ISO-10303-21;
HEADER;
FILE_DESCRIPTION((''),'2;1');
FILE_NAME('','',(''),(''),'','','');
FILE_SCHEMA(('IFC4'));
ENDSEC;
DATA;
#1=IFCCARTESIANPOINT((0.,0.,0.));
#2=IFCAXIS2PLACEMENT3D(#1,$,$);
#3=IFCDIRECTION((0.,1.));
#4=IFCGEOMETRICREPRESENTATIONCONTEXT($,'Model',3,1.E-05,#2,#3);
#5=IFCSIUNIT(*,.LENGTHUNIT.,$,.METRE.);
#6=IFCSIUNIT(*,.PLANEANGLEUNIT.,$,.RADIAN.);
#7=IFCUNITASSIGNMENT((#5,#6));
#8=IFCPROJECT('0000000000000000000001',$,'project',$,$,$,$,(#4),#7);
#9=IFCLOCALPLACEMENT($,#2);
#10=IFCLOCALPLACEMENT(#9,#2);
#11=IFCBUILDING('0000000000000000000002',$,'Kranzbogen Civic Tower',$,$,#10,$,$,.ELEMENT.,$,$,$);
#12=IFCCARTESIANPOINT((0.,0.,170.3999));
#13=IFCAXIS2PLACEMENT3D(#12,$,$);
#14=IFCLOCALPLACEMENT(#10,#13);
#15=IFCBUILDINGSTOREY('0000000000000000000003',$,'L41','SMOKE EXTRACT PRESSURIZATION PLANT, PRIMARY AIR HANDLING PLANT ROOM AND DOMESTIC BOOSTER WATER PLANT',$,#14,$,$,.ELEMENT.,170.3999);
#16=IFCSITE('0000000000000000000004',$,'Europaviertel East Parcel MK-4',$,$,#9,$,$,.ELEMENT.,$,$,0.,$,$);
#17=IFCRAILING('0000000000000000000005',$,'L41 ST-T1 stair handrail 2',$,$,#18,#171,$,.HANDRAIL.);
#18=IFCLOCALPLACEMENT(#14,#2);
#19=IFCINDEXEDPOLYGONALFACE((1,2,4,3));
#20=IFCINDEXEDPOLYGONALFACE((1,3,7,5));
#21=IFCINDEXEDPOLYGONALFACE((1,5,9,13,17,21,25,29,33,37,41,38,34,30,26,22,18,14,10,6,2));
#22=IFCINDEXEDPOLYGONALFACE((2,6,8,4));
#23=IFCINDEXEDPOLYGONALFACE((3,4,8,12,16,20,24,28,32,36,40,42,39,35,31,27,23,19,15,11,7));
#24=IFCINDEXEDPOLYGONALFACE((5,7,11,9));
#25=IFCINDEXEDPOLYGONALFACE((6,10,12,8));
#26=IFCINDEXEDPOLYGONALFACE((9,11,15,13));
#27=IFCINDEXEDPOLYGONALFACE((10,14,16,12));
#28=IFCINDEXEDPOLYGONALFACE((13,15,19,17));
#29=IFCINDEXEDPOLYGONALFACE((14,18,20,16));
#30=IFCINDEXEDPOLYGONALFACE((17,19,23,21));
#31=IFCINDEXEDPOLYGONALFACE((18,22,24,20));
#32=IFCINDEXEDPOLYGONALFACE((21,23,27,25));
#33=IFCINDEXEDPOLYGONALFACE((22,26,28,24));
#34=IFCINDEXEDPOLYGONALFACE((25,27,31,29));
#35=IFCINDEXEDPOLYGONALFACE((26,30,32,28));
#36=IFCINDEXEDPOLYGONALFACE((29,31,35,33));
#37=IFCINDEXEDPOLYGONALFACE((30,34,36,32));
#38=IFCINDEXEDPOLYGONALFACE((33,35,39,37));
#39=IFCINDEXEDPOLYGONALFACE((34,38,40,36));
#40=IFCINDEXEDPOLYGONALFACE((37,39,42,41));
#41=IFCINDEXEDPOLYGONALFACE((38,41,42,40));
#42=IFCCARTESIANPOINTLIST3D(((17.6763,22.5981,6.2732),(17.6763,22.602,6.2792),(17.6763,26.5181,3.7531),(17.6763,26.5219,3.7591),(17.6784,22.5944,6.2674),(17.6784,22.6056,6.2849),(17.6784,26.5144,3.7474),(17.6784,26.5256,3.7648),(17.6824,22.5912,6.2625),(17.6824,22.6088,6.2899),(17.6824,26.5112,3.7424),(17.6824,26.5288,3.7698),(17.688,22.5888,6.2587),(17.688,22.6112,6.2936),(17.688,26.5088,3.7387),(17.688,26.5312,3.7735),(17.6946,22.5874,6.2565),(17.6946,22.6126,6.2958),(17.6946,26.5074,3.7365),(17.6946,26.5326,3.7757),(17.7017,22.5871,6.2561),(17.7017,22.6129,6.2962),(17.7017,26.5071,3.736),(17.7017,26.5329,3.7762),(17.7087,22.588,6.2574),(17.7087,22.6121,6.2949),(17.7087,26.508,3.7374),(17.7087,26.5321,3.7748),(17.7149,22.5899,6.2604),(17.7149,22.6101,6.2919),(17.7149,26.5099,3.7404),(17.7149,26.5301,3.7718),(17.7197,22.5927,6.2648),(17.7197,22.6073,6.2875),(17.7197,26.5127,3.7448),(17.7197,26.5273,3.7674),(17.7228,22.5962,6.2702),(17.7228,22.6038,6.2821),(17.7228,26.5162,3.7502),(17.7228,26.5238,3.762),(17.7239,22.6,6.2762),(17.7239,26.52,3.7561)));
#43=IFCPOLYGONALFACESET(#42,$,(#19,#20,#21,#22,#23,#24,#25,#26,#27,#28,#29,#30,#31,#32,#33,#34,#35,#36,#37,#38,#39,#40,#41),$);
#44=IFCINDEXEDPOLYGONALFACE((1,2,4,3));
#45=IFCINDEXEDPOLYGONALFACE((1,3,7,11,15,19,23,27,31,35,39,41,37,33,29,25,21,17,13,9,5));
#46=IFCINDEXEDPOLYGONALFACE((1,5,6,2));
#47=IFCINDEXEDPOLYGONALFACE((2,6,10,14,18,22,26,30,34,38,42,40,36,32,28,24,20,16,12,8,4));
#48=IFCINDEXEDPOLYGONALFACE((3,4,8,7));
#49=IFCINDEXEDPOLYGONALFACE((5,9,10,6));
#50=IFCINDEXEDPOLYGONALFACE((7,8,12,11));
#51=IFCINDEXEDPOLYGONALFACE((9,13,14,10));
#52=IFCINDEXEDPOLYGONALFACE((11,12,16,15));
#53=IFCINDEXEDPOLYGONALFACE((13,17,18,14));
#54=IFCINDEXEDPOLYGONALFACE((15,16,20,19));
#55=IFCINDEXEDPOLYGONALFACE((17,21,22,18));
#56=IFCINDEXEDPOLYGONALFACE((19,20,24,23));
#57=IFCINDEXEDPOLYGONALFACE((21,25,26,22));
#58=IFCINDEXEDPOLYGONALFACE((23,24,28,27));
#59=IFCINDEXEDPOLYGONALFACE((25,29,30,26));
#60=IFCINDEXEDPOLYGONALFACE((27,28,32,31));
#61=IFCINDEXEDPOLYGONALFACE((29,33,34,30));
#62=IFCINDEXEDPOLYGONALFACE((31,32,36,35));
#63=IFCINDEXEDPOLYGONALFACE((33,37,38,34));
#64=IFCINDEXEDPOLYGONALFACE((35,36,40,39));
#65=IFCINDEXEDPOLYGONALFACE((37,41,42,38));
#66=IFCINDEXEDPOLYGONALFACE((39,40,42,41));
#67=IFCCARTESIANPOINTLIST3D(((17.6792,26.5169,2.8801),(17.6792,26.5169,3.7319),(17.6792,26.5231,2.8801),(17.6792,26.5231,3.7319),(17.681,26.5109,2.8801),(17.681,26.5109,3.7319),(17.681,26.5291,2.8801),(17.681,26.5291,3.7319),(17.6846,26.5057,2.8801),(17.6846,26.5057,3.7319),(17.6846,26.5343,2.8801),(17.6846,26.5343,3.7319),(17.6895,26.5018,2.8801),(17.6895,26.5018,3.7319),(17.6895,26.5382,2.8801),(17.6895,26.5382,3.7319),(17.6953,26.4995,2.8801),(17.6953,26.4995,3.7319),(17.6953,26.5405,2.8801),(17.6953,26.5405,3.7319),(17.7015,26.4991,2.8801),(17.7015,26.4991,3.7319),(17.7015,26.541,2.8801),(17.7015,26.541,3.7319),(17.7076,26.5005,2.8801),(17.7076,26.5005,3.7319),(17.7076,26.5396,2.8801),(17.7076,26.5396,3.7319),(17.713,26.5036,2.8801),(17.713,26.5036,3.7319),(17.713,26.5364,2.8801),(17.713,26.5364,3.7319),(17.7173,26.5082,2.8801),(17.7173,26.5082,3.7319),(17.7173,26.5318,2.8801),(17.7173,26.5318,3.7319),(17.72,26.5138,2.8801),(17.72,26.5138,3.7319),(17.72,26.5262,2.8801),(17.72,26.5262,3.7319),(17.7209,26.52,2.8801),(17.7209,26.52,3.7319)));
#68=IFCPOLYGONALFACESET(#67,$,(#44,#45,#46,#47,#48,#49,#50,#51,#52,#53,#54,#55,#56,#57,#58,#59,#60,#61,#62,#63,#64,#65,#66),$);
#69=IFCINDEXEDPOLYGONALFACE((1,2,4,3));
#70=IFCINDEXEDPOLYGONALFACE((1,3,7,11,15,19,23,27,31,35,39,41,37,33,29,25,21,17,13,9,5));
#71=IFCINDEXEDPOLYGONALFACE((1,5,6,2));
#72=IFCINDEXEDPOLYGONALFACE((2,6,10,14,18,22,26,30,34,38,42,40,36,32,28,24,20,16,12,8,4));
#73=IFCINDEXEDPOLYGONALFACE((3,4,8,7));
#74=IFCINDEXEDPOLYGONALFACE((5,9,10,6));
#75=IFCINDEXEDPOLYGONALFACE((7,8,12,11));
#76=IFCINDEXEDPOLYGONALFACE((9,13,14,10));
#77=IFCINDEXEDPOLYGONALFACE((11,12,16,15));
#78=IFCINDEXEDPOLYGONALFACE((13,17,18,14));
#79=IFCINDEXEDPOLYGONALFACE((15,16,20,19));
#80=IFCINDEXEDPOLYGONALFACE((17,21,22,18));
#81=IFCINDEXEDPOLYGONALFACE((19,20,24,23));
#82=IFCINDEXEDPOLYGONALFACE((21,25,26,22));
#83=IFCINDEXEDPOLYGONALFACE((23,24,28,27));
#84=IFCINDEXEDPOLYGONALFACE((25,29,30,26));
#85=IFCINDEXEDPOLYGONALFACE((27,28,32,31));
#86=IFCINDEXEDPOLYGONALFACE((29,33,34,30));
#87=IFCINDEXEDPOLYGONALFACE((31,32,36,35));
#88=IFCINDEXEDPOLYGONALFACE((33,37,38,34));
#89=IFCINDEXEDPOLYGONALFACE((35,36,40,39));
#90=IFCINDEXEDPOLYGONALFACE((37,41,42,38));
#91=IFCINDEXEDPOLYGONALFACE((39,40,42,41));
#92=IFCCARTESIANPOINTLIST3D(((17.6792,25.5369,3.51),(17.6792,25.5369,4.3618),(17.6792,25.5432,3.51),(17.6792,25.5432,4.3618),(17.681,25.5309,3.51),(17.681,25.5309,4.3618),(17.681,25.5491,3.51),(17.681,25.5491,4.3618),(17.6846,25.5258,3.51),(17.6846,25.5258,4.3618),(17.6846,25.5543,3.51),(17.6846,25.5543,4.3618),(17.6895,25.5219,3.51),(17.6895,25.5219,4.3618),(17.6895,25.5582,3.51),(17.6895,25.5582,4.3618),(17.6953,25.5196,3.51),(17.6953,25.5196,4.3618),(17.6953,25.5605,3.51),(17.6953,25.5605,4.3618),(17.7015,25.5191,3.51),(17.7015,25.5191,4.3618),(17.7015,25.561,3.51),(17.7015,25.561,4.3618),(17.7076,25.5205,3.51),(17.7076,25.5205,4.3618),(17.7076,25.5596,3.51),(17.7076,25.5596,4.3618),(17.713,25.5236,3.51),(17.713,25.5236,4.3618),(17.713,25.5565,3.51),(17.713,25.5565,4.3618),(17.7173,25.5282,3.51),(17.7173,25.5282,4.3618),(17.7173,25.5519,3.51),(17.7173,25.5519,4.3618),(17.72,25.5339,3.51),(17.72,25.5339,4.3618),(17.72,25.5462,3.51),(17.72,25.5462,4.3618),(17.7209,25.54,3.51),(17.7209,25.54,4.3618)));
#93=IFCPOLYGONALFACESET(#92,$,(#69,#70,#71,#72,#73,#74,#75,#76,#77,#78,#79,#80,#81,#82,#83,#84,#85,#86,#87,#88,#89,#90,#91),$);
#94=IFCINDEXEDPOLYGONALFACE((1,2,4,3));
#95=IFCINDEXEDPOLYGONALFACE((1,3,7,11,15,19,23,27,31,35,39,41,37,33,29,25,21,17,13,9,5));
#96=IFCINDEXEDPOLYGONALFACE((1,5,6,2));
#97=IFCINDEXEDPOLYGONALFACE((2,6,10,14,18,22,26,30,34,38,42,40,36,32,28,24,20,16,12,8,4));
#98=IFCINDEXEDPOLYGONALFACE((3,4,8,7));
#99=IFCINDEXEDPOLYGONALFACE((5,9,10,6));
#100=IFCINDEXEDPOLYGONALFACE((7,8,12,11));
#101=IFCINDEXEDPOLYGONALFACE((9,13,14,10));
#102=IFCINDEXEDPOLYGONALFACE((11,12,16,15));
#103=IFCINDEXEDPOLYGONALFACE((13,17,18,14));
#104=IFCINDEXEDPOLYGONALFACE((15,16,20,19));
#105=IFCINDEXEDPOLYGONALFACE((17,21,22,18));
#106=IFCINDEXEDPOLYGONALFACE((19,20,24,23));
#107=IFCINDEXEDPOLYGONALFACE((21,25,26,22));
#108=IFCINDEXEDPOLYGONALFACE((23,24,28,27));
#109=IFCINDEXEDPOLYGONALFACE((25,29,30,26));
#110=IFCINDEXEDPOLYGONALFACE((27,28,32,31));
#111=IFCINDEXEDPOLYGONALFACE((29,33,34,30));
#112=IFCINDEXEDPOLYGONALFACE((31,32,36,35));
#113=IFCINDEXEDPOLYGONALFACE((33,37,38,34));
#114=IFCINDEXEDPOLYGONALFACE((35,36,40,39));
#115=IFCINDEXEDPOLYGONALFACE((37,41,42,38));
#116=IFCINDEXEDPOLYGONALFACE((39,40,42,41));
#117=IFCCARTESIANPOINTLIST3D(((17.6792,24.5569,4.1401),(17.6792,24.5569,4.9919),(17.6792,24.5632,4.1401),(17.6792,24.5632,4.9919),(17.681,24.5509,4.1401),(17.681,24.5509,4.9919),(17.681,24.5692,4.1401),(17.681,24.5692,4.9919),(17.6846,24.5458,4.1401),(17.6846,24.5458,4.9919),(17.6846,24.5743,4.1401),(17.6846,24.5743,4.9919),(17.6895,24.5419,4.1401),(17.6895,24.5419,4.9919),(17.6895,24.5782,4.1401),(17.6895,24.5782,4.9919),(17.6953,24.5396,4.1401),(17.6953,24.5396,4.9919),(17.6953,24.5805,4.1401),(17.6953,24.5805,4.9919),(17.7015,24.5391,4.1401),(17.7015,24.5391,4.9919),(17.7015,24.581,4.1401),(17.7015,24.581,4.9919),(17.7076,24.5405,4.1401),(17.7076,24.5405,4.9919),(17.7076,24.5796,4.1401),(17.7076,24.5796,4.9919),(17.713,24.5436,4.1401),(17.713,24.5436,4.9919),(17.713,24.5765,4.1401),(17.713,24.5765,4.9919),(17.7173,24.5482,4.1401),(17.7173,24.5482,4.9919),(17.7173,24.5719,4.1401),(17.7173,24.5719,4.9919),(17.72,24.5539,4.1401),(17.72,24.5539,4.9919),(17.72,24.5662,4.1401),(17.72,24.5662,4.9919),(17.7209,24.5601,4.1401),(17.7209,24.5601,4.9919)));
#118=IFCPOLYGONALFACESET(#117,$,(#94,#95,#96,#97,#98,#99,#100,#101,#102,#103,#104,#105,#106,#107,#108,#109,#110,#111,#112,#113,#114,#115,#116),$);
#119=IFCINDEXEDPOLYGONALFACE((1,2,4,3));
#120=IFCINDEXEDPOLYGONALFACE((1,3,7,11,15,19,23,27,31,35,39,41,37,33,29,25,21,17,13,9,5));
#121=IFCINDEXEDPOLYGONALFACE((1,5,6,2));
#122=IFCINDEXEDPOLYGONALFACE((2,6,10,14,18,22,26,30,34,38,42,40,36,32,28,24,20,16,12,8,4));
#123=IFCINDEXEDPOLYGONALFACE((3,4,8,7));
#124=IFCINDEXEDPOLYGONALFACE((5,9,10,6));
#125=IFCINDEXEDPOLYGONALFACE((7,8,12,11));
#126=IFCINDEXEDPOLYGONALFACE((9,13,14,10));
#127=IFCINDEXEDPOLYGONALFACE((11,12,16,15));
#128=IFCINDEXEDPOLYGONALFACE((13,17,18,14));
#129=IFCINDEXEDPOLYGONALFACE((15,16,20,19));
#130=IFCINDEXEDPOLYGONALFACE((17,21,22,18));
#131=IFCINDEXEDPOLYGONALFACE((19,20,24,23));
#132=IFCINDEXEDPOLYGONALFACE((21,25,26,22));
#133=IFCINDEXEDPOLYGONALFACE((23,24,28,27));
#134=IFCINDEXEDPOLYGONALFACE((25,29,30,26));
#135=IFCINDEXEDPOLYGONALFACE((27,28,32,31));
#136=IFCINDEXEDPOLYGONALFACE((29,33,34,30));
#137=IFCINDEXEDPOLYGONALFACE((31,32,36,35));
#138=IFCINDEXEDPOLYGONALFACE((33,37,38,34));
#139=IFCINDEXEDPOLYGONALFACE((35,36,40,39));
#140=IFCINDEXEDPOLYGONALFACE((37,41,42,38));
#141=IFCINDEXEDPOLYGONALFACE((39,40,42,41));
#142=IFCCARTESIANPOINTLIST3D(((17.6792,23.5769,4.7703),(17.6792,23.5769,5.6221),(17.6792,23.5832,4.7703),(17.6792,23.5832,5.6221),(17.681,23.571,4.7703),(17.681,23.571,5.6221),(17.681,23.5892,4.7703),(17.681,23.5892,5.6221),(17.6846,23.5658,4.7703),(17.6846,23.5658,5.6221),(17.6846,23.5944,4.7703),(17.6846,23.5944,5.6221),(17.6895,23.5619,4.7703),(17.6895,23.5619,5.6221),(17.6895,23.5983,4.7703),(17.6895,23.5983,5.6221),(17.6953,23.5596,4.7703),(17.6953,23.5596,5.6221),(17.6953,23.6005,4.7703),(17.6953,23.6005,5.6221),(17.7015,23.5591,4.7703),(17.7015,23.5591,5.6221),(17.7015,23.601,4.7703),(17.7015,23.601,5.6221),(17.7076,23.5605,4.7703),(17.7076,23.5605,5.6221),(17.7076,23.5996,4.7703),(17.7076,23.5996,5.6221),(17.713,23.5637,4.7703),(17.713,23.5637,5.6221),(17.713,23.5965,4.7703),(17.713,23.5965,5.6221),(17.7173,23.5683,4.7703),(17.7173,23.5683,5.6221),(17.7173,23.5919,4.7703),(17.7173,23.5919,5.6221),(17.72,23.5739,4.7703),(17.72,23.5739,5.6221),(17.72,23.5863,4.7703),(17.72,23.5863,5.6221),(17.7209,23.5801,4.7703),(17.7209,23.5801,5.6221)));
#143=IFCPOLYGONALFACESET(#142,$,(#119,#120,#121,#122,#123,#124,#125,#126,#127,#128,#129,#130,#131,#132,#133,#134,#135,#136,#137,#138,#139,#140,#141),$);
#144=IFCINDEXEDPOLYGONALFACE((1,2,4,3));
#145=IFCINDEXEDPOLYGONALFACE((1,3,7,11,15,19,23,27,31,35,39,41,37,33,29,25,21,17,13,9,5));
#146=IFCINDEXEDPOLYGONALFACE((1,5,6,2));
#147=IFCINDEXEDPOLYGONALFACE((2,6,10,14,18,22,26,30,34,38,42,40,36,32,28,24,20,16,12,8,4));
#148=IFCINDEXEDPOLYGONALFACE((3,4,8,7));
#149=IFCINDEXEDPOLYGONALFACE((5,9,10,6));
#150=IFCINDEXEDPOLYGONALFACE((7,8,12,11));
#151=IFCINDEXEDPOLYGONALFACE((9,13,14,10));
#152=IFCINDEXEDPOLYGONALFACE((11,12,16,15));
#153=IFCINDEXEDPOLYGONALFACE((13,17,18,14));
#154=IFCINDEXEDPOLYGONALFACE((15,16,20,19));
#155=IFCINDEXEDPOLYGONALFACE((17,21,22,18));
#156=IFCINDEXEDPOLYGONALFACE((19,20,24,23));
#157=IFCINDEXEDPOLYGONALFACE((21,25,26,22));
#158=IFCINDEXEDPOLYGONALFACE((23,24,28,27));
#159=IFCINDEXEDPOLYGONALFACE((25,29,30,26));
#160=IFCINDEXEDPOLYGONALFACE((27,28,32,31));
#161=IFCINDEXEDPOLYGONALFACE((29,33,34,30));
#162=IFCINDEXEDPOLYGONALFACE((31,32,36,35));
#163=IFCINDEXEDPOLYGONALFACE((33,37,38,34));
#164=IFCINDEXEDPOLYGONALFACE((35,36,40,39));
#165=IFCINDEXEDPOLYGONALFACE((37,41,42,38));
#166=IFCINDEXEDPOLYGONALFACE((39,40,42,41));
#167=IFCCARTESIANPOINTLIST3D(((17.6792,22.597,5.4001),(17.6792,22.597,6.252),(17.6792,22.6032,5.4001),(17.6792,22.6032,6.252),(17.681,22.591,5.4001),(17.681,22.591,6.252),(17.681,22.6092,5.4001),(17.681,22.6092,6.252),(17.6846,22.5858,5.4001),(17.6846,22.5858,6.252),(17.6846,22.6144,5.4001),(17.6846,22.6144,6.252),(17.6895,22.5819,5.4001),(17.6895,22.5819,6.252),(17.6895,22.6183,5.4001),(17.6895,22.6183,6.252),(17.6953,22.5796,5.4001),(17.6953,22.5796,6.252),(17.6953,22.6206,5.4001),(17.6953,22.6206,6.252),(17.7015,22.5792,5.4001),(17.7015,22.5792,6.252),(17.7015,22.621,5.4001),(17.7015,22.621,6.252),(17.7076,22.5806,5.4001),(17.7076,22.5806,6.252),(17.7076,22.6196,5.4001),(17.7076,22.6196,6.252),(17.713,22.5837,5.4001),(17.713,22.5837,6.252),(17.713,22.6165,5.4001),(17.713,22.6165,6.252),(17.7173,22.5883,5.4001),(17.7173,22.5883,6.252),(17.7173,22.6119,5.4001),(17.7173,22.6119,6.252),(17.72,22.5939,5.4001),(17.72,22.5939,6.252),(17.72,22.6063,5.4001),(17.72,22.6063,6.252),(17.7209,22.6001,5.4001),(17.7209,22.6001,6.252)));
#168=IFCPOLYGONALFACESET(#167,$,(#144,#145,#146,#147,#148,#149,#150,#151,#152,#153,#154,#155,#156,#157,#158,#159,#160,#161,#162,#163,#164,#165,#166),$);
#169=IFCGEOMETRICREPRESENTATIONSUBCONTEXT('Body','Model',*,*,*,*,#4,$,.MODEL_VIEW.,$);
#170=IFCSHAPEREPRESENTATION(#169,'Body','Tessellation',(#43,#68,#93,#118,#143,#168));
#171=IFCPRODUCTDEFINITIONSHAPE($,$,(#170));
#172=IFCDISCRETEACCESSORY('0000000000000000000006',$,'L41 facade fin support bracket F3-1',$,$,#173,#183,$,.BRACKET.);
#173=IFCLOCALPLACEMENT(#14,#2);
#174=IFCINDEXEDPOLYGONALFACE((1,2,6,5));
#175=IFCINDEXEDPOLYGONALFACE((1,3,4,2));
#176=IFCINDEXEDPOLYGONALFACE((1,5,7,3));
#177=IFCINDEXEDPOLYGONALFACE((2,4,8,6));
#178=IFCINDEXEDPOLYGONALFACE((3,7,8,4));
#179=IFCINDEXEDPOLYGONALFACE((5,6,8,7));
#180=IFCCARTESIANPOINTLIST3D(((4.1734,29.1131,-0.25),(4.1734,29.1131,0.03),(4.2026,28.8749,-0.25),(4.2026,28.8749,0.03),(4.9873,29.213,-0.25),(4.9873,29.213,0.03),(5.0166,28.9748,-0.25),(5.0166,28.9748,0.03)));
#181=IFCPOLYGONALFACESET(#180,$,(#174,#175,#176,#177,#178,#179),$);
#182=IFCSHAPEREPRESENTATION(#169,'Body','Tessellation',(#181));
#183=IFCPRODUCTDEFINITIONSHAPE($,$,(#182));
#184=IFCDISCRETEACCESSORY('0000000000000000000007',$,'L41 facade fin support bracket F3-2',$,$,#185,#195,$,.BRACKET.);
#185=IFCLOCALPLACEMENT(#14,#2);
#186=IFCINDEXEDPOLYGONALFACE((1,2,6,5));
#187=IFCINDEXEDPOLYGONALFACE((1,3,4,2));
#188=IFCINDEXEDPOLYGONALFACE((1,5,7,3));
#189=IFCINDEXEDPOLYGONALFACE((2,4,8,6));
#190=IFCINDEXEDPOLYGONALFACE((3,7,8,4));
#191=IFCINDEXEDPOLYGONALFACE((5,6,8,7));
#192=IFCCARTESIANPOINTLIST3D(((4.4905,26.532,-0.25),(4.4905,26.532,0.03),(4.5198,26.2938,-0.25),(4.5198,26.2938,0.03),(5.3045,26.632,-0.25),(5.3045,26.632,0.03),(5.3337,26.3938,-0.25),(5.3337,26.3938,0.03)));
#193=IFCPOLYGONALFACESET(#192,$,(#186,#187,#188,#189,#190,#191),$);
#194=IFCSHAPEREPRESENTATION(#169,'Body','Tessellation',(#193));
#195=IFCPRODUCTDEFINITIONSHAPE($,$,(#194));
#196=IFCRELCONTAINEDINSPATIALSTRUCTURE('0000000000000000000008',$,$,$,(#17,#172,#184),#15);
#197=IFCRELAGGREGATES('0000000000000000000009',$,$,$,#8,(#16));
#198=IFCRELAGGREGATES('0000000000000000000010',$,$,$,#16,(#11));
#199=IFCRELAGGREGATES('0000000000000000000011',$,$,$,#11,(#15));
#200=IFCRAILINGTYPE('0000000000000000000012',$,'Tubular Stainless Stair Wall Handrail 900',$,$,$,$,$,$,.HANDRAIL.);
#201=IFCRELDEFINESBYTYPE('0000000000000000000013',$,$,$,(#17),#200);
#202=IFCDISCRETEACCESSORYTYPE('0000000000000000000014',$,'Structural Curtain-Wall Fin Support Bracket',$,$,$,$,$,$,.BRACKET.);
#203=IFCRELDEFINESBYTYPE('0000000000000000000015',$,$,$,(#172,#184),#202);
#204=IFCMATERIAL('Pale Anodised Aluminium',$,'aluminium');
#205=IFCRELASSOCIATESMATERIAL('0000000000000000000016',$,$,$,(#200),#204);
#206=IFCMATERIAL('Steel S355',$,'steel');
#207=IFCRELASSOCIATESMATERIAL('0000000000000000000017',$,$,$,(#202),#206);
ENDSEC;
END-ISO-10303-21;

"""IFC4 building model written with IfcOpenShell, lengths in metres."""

from ifc_helpers import new_model, si_unit, direction, frame, origin, origin_2d, place, context, subcontext, project, spatial, rectangle, circle, extrude, material, type_object, element, save


model = new_model("IFC4")

# Units and contexts
model_context = context("Model", 3, precision=1e-05, world=origin(), true_north=direction((0.0, 1.0)))
body_context = subcontext(model_context, "Body", "Model", "MODEL_VIEW")
ifc_project = project(units=[si_unit("LENGTHUNIT", "METRE"), si_unit("PLANEANGLEUNIT", "RADIAN")], contexts=[model_context])

# Site, building, storey
site_placement = place(None, origin())
site = spatial("IfcSite", under=ifc_project, at=site_placement, Name="Europaviertel East Parcel MK-4", CompositionType="ELEMENT", RefElevation=0.0)
building_placement = place(site_placement, origin())
building = spatial("IfcBuilding", under=site, at=building_placement, Name="Kranzbogen Civic Tower", CompositionType="ELEMENT")
storey_placement = place(building_placement, frame((0.0, 0.0, 170.3999)))
storey = spatial("IfcBuildingStorey", under=building, at=storey_placement, Name="L41", Description="SMOKE EXTRACT PRESSURIZATION PLANT, PRIMARY AIR HANDLING PLANT ROOM AND DOMESTIC BOOSTER WATER PLANT", CompositionType="ELEMENT", Elevation=170.3999)

# Shared definitions
ifc_material_1 = material(Name="Steel S355", Category="steel")

# Shared definitions
ifc_material_2 = material(Name="Pale Anodised Aluminium", Category="aluminium")

# Railing
railing_type_1 = type_object("IfcRailingType", Name="Tubular Stainless Stair Wall Handrail 900", PredefinedType="HANDRAIL", material=ifc_material_2)
railing_1_placement = place(storey_placement, frame((17.7, 26.52, 2.8801)))
element("IfcRailing", 1, at=railing_1_placement, inside=storey, type_object=railing_type_1, Name="L41 ST-T1 stair handrail 2", PredefinedType="HANDRAIL", context=body_context, shape_type="SweptSolid", body=[
    extrude(circle(Radius=0.0239, at=origin_2d()), frame((0.0, 0.0, 0.876), z_axis=(0.0, -0.841172, 0.540768), x_axis=(1.0, 0.0, 0.0)), (0.0, 0.0, 1.0), 4.6602),
    extrude(circle(Radius=0.021, at=origin_2d()), origin(), (0.0, 0.0, 1.0), 0.8518),
    extrude(circle(Radius=0.021, at=origin_2d()), frame((0.0, -0.98, 0.6299)), (0.0, 0.0, 1.0), 0.8518),
    extrude(circle(Radius=0.021, at=origin_2d()), frame((0.0, -1.96, 1.26)), (0.0, 0.0, 1.0), 0.8518),
    extrude(circle(Radius=0.021, at=origin_2d()), frame((0.0, -2.9399, 1.8901)), (0.0, 0.0, 1.0), 0.8518),
    extrude(circle(Radius=0.021, at=origin_2d()), frame((0.0, -3.9199, 2.52)), (0.0, 0.0, 1.0), 0.8518),
])

# Discrete accessories
discrete_accessory_type = type_object("IfcDiscreteAccessoryType", Name="Structural Curtain-Wall Fin Support Bracket", PredefinedType="BRACKET", material=ifc_material_1)
for number, where, z_axis, x_axis, name in (
    (2, (4.595, 29.0439, -0.25), (0.0, 0.0, 1.0), (-0.992546, -0.121869, 0.0), "L41 facade fin support bracket F3-1"),
    (3, (4.9121, 26.4629, -0.25), (0.0, 0.0, 1.0), (-0.992546, -0.121869, 0.0), "L41 facade fin support bracket F3-2"),
):
    element("IfcDiscreteAccessory", number, at=place(storey_placement, frame(where, z_axis=z_axis, x_axis=x_axis)), inside=storey, type_object=discrete_accessory_type, Name=name, PredefinedType="BRACKET", context=body_context, shape_type="SweptSolid", body=[
        extrude(rectangle(XDim=0.8201, YDim=0.24, at=origin_2d()), origin(), (0.0, 0.0, 1.0), 0.28),
    ])

save(model, "model.ifc")
